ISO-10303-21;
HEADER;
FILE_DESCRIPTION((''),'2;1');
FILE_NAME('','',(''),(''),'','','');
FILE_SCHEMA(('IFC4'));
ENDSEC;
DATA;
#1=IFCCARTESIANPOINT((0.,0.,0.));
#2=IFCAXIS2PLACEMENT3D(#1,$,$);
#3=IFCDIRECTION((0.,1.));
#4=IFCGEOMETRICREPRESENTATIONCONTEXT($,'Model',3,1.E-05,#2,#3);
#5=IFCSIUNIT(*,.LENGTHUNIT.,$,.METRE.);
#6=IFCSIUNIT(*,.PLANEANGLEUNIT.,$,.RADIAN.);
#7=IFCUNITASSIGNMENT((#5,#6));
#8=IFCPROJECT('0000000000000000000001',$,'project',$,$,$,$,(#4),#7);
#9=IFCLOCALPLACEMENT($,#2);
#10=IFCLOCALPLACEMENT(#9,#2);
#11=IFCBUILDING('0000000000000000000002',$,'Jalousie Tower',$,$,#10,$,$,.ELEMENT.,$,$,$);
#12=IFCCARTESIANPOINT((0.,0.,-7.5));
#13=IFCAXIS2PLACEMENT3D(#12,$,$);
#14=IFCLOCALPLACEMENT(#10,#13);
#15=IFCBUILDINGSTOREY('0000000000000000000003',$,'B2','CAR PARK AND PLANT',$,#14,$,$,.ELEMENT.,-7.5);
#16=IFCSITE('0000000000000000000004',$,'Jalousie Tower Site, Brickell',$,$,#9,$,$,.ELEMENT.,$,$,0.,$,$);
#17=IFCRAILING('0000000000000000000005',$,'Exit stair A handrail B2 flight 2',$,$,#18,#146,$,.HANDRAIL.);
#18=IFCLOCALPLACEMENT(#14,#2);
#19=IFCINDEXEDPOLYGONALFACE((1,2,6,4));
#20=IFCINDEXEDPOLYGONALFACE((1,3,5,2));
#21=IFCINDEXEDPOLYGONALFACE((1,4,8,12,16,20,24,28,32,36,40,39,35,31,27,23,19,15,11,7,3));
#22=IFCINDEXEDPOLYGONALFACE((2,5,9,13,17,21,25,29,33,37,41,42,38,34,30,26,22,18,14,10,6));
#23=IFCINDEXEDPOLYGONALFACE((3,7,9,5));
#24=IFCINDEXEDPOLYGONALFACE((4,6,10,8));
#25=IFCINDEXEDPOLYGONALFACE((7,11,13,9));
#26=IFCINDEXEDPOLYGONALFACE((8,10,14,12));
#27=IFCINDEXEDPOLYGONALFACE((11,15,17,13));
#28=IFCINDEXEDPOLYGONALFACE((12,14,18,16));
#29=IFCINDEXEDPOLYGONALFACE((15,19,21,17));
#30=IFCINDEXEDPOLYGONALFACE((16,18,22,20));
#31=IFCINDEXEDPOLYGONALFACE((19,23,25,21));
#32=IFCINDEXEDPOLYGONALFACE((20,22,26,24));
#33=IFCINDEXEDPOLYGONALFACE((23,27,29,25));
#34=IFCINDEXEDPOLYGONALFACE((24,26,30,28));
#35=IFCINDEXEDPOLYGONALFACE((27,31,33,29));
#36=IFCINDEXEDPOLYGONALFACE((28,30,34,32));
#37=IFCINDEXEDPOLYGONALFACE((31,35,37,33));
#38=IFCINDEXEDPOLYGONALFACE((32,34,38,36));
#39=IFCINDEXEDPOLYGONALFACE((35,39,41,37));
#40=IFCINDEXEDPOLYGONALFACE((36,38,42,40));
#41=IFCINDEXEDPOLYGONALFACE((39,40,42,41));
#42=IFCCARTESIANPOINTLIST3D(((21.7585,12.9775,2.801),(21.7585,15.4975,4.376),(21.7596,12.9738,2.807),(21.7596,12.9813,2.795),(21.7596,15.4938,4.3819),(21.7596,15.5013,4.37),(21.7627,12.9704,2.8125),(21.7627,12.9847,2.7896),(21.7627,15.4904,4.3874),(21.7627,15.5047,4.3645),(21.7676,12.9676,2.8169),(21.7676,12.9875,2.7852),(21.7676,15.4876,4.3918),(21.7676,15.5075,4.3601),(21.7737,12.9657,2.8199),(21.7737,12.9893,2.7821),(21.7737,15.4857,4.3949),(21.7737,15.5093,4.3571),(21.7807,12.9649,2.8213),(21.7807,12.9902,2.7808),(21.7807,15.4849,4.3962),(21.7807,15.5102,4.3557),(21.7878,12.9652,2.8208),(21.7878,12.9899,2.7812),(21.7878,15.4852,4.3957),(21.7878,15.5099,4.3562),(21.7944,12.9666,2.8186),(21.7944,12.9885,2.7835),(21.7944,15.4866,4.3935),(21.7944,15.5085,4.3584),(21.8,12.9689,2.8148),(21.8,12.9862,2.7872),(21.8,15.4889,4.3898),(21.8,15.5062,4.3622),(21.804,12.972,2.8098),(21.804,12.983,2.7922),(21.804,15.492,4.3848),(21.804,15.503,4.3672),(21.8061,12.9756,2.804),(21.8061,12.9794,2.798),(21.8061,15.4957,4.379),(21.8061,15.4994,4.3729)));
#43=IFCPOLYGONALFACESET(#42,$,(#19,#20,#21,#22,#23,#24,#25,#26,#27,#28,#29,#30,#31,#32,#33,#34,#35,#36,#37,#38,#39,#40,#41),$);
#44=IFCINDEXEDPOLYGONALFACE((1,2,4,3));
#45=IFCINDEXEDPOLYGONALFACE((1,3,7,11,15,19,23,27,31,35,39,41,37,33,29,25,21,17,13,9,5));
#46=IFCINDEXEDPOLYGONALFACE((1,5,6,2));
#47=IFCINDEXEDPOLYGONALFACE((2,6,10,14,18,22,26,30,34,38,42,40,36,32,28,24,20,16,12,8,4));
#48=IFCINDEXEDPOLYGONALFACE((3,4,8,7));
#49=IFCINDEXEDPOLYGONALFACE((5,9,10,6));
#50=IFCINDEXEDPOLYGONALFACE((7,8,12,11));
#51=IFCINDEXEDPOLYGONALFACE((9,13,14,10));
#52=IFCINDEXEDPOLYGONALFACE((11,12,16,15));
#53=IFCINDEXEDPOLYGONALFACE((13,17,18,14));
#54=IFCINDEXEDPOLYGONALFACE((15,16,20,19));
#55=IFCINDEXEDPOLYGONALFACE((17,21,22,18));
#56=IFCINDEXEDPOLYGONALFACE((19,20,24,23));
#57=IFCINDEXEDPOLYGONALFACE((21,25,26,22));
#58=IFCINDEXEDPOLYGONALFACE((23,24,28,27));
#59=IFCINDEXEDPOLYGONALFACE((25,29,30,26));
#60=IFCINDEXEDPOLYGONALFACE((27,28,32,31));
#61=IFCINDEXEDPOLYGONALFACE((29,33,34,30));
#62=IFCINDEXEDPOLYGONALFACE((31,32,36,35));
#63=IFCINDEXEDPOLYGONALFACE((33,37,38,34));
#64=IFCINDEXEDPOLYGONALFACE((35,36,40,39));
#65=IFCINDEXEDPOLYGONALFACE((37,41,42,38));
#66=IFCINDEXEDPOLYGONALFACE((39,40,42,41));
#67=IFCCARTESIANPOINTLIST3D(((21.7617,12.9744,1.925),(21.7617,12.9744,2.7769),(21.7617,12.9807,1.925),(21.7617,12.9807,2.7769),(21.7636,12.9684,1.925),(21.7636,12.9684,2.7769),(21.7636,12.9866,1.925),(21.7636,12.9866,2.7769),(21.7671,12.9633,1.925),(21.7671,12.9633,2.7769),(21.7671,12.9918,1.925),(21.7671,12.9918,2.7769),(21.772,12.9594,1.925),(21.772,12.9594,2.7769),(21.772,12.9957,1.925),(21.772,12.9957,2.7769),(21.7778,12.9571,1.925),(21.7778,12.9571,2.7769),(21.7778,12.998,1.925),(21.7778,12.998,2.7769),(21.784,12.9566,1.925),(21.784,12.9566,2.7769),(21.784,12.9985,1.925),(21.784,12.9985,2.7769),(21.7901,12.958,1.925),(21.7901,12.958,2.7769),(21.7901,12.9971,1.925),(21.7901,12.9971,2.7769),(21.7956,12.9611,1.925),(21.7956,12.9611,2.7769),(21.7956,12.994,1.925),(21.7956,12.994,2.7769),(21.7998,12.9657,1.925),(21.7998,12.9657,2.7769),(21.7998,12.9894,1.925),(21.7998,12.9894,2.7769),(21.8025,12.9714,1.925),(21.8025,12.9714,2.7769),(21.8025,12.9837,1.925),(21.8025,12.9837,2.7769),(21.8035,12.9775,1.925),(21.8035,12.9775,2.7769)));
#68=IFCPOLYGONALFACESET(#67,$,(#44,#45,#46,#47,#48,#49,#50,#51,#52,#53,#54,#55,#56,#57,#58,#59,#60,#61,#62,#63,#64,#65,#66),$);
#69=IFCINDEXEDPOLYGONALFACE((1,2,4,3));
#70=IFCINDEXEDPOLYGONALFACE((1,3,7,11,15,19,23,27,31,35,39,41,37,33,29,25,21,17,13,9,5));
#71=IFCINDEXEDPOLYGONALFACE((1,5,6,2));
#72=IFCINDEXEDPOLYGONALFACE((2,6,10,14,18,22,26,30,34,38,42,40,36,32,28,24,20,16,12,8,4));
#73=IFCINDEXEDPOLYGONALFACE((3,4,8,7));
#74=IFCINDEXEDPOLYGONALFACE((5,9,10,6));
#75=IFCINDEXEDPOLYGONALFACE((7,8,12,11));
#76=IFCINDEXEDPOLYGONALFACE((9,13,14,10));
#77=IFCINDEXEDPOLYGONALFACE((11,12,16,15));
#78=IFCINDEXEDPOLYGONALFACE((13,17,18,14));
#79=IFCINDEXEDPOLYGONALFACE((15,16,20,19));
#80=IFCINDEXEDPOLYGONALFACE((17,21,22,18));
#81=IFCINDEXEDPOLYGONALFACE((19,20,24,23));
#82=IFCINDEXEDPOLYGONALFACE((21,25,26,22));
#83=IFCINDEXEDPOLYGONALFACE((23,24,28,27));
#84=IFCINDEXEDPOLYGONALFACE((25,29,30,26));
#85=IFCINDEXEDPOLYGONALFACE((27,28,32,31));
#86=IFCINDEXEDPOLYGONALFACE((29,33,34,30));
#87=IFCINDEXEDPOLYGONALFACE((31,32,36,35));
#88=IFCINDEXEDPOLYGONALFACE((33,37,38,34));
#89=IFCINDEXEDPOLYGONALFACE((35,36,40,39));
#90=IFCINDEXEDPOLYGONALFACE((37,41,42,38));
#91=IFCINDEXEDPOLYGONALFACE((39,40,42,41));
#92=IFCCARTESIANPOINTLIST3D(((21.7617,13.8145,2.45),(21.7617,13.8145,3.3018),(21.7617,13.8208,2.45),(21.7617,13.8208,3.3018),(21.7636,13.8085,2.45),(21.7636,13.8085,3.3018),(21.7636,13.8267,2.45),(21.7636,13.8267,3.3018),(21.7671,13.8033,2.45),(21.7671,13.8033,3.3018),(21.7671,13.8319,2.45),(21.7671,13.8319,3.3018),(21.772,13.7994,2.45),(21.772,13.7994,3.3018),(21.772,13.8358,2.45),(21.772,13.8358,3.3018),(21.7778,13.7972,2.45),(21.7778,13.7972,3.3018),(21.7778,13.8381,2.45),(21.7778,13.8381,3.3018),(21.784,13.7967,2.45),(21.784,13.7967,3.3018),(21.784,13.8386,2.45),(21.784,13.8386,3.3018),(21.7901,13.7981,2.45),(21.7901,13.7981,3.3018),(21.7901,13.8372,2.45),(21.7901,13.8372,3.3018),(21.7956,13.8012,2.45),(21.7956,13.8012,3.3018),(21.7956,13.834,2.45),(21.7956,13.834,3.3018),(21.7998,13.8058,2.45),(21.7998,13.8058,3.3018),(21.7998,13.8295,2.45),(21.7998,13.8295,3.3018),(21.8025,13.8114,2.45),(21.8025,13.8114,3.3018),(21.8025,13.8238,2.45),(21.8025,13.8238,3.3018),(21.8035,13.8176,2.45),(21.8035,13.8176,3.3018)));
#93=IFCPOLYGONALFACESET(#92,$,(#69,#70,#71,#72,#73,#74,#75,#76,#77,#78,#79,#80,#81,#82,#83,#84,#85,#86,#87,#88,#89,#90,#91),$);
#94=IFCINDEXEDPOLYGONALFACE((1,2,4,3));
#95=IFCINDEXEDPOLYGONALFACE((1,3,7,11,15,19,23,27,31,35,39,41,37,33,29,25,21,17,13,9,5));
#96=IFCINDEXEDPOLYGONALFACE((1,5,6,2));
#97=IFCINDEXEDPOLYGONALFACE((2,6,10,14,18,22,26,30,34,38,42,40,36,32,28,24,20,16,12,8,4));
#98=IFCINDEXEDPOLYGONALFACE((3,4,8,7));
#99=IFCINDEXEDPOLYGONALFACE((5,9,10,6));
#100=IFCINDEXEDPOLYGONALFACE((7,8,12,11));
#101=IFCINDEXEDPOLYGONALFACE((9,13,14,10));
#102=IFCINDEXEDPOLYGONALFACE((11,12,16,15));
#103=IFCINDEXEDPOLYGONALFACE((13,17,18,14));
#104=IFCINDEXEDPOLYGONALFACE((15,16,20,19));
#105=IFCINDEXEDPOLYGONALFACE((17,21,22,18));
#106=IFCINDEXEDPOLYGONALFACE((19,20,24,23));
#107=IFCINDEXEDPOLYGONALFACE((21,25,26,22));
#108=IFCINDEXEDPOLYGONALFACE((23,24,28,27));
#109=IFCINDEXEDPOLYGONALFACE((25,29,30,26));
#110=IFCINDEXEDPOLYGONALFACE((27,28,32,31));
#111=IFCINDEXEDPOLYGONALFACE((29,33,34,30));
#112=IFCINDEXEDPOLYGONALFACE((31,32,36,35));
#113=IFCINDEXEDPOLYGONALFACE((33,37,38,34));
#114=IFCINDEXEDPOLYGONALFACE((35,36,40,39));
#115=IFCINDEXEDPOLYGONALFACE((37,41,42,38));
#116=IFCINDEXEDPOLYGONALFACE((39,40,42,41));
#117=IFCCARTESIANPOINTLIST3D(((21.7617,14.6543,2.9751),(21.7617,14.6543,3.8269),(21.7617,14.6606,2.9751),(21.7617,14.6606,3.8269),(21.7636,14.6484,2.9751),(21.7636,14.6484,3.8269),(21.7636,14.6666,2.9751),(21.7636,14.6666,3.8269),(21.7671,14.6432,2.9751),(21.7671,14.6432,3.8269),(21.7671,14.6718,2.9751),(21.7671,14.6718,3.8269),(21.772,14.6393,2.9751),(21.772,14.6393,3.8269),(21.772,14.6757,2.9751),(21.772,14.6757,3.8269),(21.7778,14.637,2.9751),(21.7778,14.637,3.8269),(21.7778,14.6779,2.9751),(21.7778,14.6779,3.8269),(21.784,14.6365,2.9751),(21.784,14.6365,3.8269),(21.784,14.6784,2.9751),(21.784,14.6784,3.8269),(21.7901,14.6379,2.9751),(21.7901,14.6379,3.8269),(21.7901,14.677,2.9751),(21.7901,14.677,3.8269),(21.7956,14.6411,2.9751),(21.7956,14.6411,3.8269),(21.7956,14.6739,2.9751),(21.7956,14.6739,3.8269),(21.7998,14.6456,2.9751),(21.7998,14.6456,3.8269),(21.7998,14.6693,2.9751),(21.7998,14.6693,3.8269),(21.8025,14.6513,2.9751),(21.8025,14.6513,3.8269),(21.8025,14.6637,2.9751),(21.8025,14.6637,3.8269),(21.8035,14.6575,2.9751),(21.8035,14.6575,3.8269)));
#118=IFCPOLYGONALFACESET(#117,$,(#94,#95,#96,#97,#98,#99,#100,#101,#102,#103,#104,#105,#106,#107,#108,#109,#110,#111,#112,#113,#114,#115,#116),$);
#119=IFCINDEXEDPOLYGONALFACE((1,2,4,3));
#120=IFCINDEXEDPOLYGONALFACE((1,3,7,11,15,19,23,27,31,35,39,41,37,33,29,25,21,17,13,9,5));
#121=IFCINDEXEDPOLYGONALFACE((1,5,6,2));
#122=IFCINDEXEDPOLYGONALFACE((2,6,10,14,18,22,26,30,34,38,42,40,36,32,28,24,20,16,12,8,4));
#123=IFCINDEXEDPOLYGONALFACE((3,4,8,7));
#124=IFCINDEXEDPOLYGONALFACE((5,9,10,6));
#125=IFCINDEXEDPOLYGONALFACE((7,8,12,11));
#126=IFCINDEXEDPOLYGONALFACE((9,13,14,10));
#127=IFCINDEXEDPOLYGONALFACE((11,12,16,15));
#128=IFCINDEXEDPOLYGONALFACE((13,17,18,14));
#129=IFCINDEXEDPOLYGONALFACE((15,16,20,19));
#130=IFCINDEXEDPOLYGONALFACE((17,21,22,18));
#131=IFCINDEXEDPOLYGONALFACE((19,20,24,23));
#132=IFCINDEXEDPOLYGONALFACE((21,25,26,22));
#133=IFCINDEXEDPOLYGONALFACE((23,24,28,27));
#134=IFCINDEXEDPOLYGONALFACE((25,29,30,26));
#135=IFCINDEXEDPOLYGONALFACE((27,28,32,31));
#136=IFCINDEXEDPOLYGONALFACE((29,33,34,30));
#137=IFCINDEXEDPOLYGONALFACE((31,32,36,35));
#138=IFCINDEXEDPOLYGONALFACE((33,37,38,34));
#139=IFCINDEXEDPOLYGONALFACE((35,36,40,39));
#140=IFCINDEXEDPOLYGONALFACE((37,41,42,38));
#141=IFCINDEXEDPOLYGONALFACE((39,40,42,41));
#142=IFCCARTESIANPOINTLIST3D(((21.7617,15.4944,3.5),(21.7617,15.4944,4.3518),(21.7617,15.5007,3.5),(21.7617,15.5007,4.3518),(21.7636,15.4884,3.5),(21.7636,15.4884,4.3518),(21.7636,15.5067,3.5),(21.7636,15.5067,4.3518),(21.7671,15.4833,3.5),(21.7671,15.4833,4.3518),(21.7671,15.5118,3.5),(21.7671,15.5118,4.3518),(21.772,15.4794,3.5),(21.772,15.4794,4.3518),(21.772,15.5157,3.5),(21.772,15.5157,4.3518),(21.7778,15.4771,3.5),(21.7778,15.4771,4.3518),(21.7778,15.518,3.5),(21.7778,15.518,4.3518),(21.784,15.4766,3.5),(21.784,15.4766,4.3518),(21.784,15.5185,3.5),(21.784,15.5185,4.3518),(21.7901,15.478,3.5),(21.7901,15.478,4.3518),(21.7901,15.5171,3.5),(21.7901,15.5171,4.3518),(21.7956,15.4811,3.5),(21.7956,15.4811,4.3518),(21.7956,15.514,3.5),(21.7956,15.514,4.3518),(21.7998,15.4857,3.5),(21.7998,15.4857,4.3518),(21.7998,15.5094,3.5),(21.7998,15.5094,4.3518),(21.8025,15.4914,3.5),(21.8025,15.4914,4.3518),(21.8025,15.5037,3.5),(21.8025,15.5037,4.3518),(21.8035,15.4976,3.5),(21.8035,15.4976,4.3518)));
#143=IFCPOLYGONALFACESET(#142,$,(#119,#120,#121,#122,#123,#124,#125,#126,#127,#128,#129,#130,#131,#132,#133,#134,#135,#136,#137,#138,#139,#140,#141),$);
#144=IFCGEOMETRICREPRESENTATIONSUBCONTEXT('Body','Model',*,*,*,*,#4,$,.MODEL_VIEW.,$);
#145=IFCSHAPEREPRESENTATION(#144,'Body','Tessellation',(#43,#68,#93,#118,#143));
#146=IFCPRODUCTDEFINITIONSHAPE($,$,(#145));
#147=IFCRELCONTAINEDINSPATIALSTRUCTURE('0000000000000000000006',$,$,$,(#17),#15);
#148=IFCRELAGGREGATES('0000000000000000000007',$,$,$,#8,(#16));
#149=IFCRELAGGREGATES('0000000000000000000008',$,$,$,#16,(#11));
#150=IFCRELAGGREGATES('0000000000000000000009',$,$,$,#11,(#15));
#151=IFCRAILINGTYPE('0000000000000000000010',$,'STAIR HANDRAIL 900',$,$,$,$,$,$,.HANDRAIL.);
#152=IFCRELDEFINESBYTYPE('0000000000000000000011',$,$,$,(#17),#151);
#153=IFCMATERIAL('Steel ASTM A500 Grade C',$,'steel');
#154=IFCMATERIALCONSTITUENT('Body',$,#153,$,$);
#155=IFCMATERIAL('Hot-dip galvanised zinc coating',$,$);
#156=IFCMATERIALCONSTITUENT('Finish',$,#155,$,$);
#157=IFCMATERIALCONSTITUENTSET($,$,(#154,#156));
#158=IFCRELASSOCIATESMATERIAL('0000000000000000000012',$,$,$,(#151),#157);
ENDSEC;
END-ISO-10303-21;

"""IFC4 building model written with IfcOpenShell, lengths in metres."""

from ifc_helpers import new_model, si_unit, direction, frame, origin, origin_2d, place, context, subcontext, project, spatial, circle, extrude, material, constituent, constituent_set, type_object, element, save


model = new_model("IFC4")

# Units and contexts
model_context = context("Model", 3, precision=1e-05, world=origin(), true_north=direction((0.0, 1.0)))
body_context = subcontext(model_context, "Body", "Model", "MODEL_VIEW")
ifc_project = project(units=[si_unit("LENGTHUNIT", "METRE"), si_unit("PLANEANGLEUNIT", "RADIAN")], contexts=[model_context])

# Site, building, storey
site_placement = place(None, origin())
site = spatial("IfcSite", under=ifc_project, at=site_placement, Name="Jalousie Tower Site, Brickell", CompositionType="ELEMENT", RefElevation=0.0)
building_placement = place(site_placement, origin())
building = spatial("IfcBuilding", under=site, at=building_placement, Name="Jalousie Tower", CompositionType="ELEMENT")
storey_placement = place(building_placement, frame((0.0, 0.0, -7.5)))
storey = spatial("IfcBuildingStorey", under=building, at=storey_placement, Name="B2", Description="CAR PARK AND PLANT", CompositionType="ELEMENT", Elevation=-7.5)

# Railing
ifc_material_1 = material(Name="Steel ASTM A500 Grade C", Category="steel")
ifc_constituent_1 = constituent(ifc_material_1, Name="Body")
ifc_material_2 = material(Name="Hot-dip galvanised zinc coating")
ifc_constituent_2 = constituent(ifc_material_2, Name="Finish")
ifc_constituent_set_1 = constituent_set(constituents=[ifc_constituent_1, ifc_constituent_2])
railing_type_1 = type_object("IfcRailingType", Name="STAIR HANDRAIL 900", PredefinedType="HANDRAIL", material=ifc_constituent_set_1)
railing_1_placement = place(storey_placement, frame((21.7825, 12.9775, 1.925)))
element("IfcRailing", 1, at=railing_1_placement, inside=storey, type_object=railing_type_1, Name="Exit stair A handrail B2 flight 2", PredefinedType="HANDRAIL", context=body_context, shape_type="SweptSolid", body=[
    extrude(circle(Radius=0.0239, at=origin_2d()), frame((0.0, 0.0, 0.876), z_axis=(0.0, 0.848008, 0.529984), x_axis=(-1.0, 0.0, 0.0)), (0.0, 0.0, 1.0), 2.9717),
    extrude(circle(Radius=0.021, at=origin_2d()), origin(), (0.0, 0.0, 1.0), 0.8518),
    extrude(circle(Radius=0.021, at=origin_2d()), frame((0.0, 0.8401, 0.5249)), (0.0, 0.0, 1.0), 0.8518),
    extrude(circle(Radius=0.021, at=origin_2d()), frame((0.0, 1.6799, 1.05)), (0.0, 0.0, 1.0), 0.8518),
    extrude(circle(Radius=0.021, at=origin_2d()), frame((0.0, 2.52, 1.575)), (0.0, 0.0, 1.0), 0.8518),
])

save(model, "model.ifc")
